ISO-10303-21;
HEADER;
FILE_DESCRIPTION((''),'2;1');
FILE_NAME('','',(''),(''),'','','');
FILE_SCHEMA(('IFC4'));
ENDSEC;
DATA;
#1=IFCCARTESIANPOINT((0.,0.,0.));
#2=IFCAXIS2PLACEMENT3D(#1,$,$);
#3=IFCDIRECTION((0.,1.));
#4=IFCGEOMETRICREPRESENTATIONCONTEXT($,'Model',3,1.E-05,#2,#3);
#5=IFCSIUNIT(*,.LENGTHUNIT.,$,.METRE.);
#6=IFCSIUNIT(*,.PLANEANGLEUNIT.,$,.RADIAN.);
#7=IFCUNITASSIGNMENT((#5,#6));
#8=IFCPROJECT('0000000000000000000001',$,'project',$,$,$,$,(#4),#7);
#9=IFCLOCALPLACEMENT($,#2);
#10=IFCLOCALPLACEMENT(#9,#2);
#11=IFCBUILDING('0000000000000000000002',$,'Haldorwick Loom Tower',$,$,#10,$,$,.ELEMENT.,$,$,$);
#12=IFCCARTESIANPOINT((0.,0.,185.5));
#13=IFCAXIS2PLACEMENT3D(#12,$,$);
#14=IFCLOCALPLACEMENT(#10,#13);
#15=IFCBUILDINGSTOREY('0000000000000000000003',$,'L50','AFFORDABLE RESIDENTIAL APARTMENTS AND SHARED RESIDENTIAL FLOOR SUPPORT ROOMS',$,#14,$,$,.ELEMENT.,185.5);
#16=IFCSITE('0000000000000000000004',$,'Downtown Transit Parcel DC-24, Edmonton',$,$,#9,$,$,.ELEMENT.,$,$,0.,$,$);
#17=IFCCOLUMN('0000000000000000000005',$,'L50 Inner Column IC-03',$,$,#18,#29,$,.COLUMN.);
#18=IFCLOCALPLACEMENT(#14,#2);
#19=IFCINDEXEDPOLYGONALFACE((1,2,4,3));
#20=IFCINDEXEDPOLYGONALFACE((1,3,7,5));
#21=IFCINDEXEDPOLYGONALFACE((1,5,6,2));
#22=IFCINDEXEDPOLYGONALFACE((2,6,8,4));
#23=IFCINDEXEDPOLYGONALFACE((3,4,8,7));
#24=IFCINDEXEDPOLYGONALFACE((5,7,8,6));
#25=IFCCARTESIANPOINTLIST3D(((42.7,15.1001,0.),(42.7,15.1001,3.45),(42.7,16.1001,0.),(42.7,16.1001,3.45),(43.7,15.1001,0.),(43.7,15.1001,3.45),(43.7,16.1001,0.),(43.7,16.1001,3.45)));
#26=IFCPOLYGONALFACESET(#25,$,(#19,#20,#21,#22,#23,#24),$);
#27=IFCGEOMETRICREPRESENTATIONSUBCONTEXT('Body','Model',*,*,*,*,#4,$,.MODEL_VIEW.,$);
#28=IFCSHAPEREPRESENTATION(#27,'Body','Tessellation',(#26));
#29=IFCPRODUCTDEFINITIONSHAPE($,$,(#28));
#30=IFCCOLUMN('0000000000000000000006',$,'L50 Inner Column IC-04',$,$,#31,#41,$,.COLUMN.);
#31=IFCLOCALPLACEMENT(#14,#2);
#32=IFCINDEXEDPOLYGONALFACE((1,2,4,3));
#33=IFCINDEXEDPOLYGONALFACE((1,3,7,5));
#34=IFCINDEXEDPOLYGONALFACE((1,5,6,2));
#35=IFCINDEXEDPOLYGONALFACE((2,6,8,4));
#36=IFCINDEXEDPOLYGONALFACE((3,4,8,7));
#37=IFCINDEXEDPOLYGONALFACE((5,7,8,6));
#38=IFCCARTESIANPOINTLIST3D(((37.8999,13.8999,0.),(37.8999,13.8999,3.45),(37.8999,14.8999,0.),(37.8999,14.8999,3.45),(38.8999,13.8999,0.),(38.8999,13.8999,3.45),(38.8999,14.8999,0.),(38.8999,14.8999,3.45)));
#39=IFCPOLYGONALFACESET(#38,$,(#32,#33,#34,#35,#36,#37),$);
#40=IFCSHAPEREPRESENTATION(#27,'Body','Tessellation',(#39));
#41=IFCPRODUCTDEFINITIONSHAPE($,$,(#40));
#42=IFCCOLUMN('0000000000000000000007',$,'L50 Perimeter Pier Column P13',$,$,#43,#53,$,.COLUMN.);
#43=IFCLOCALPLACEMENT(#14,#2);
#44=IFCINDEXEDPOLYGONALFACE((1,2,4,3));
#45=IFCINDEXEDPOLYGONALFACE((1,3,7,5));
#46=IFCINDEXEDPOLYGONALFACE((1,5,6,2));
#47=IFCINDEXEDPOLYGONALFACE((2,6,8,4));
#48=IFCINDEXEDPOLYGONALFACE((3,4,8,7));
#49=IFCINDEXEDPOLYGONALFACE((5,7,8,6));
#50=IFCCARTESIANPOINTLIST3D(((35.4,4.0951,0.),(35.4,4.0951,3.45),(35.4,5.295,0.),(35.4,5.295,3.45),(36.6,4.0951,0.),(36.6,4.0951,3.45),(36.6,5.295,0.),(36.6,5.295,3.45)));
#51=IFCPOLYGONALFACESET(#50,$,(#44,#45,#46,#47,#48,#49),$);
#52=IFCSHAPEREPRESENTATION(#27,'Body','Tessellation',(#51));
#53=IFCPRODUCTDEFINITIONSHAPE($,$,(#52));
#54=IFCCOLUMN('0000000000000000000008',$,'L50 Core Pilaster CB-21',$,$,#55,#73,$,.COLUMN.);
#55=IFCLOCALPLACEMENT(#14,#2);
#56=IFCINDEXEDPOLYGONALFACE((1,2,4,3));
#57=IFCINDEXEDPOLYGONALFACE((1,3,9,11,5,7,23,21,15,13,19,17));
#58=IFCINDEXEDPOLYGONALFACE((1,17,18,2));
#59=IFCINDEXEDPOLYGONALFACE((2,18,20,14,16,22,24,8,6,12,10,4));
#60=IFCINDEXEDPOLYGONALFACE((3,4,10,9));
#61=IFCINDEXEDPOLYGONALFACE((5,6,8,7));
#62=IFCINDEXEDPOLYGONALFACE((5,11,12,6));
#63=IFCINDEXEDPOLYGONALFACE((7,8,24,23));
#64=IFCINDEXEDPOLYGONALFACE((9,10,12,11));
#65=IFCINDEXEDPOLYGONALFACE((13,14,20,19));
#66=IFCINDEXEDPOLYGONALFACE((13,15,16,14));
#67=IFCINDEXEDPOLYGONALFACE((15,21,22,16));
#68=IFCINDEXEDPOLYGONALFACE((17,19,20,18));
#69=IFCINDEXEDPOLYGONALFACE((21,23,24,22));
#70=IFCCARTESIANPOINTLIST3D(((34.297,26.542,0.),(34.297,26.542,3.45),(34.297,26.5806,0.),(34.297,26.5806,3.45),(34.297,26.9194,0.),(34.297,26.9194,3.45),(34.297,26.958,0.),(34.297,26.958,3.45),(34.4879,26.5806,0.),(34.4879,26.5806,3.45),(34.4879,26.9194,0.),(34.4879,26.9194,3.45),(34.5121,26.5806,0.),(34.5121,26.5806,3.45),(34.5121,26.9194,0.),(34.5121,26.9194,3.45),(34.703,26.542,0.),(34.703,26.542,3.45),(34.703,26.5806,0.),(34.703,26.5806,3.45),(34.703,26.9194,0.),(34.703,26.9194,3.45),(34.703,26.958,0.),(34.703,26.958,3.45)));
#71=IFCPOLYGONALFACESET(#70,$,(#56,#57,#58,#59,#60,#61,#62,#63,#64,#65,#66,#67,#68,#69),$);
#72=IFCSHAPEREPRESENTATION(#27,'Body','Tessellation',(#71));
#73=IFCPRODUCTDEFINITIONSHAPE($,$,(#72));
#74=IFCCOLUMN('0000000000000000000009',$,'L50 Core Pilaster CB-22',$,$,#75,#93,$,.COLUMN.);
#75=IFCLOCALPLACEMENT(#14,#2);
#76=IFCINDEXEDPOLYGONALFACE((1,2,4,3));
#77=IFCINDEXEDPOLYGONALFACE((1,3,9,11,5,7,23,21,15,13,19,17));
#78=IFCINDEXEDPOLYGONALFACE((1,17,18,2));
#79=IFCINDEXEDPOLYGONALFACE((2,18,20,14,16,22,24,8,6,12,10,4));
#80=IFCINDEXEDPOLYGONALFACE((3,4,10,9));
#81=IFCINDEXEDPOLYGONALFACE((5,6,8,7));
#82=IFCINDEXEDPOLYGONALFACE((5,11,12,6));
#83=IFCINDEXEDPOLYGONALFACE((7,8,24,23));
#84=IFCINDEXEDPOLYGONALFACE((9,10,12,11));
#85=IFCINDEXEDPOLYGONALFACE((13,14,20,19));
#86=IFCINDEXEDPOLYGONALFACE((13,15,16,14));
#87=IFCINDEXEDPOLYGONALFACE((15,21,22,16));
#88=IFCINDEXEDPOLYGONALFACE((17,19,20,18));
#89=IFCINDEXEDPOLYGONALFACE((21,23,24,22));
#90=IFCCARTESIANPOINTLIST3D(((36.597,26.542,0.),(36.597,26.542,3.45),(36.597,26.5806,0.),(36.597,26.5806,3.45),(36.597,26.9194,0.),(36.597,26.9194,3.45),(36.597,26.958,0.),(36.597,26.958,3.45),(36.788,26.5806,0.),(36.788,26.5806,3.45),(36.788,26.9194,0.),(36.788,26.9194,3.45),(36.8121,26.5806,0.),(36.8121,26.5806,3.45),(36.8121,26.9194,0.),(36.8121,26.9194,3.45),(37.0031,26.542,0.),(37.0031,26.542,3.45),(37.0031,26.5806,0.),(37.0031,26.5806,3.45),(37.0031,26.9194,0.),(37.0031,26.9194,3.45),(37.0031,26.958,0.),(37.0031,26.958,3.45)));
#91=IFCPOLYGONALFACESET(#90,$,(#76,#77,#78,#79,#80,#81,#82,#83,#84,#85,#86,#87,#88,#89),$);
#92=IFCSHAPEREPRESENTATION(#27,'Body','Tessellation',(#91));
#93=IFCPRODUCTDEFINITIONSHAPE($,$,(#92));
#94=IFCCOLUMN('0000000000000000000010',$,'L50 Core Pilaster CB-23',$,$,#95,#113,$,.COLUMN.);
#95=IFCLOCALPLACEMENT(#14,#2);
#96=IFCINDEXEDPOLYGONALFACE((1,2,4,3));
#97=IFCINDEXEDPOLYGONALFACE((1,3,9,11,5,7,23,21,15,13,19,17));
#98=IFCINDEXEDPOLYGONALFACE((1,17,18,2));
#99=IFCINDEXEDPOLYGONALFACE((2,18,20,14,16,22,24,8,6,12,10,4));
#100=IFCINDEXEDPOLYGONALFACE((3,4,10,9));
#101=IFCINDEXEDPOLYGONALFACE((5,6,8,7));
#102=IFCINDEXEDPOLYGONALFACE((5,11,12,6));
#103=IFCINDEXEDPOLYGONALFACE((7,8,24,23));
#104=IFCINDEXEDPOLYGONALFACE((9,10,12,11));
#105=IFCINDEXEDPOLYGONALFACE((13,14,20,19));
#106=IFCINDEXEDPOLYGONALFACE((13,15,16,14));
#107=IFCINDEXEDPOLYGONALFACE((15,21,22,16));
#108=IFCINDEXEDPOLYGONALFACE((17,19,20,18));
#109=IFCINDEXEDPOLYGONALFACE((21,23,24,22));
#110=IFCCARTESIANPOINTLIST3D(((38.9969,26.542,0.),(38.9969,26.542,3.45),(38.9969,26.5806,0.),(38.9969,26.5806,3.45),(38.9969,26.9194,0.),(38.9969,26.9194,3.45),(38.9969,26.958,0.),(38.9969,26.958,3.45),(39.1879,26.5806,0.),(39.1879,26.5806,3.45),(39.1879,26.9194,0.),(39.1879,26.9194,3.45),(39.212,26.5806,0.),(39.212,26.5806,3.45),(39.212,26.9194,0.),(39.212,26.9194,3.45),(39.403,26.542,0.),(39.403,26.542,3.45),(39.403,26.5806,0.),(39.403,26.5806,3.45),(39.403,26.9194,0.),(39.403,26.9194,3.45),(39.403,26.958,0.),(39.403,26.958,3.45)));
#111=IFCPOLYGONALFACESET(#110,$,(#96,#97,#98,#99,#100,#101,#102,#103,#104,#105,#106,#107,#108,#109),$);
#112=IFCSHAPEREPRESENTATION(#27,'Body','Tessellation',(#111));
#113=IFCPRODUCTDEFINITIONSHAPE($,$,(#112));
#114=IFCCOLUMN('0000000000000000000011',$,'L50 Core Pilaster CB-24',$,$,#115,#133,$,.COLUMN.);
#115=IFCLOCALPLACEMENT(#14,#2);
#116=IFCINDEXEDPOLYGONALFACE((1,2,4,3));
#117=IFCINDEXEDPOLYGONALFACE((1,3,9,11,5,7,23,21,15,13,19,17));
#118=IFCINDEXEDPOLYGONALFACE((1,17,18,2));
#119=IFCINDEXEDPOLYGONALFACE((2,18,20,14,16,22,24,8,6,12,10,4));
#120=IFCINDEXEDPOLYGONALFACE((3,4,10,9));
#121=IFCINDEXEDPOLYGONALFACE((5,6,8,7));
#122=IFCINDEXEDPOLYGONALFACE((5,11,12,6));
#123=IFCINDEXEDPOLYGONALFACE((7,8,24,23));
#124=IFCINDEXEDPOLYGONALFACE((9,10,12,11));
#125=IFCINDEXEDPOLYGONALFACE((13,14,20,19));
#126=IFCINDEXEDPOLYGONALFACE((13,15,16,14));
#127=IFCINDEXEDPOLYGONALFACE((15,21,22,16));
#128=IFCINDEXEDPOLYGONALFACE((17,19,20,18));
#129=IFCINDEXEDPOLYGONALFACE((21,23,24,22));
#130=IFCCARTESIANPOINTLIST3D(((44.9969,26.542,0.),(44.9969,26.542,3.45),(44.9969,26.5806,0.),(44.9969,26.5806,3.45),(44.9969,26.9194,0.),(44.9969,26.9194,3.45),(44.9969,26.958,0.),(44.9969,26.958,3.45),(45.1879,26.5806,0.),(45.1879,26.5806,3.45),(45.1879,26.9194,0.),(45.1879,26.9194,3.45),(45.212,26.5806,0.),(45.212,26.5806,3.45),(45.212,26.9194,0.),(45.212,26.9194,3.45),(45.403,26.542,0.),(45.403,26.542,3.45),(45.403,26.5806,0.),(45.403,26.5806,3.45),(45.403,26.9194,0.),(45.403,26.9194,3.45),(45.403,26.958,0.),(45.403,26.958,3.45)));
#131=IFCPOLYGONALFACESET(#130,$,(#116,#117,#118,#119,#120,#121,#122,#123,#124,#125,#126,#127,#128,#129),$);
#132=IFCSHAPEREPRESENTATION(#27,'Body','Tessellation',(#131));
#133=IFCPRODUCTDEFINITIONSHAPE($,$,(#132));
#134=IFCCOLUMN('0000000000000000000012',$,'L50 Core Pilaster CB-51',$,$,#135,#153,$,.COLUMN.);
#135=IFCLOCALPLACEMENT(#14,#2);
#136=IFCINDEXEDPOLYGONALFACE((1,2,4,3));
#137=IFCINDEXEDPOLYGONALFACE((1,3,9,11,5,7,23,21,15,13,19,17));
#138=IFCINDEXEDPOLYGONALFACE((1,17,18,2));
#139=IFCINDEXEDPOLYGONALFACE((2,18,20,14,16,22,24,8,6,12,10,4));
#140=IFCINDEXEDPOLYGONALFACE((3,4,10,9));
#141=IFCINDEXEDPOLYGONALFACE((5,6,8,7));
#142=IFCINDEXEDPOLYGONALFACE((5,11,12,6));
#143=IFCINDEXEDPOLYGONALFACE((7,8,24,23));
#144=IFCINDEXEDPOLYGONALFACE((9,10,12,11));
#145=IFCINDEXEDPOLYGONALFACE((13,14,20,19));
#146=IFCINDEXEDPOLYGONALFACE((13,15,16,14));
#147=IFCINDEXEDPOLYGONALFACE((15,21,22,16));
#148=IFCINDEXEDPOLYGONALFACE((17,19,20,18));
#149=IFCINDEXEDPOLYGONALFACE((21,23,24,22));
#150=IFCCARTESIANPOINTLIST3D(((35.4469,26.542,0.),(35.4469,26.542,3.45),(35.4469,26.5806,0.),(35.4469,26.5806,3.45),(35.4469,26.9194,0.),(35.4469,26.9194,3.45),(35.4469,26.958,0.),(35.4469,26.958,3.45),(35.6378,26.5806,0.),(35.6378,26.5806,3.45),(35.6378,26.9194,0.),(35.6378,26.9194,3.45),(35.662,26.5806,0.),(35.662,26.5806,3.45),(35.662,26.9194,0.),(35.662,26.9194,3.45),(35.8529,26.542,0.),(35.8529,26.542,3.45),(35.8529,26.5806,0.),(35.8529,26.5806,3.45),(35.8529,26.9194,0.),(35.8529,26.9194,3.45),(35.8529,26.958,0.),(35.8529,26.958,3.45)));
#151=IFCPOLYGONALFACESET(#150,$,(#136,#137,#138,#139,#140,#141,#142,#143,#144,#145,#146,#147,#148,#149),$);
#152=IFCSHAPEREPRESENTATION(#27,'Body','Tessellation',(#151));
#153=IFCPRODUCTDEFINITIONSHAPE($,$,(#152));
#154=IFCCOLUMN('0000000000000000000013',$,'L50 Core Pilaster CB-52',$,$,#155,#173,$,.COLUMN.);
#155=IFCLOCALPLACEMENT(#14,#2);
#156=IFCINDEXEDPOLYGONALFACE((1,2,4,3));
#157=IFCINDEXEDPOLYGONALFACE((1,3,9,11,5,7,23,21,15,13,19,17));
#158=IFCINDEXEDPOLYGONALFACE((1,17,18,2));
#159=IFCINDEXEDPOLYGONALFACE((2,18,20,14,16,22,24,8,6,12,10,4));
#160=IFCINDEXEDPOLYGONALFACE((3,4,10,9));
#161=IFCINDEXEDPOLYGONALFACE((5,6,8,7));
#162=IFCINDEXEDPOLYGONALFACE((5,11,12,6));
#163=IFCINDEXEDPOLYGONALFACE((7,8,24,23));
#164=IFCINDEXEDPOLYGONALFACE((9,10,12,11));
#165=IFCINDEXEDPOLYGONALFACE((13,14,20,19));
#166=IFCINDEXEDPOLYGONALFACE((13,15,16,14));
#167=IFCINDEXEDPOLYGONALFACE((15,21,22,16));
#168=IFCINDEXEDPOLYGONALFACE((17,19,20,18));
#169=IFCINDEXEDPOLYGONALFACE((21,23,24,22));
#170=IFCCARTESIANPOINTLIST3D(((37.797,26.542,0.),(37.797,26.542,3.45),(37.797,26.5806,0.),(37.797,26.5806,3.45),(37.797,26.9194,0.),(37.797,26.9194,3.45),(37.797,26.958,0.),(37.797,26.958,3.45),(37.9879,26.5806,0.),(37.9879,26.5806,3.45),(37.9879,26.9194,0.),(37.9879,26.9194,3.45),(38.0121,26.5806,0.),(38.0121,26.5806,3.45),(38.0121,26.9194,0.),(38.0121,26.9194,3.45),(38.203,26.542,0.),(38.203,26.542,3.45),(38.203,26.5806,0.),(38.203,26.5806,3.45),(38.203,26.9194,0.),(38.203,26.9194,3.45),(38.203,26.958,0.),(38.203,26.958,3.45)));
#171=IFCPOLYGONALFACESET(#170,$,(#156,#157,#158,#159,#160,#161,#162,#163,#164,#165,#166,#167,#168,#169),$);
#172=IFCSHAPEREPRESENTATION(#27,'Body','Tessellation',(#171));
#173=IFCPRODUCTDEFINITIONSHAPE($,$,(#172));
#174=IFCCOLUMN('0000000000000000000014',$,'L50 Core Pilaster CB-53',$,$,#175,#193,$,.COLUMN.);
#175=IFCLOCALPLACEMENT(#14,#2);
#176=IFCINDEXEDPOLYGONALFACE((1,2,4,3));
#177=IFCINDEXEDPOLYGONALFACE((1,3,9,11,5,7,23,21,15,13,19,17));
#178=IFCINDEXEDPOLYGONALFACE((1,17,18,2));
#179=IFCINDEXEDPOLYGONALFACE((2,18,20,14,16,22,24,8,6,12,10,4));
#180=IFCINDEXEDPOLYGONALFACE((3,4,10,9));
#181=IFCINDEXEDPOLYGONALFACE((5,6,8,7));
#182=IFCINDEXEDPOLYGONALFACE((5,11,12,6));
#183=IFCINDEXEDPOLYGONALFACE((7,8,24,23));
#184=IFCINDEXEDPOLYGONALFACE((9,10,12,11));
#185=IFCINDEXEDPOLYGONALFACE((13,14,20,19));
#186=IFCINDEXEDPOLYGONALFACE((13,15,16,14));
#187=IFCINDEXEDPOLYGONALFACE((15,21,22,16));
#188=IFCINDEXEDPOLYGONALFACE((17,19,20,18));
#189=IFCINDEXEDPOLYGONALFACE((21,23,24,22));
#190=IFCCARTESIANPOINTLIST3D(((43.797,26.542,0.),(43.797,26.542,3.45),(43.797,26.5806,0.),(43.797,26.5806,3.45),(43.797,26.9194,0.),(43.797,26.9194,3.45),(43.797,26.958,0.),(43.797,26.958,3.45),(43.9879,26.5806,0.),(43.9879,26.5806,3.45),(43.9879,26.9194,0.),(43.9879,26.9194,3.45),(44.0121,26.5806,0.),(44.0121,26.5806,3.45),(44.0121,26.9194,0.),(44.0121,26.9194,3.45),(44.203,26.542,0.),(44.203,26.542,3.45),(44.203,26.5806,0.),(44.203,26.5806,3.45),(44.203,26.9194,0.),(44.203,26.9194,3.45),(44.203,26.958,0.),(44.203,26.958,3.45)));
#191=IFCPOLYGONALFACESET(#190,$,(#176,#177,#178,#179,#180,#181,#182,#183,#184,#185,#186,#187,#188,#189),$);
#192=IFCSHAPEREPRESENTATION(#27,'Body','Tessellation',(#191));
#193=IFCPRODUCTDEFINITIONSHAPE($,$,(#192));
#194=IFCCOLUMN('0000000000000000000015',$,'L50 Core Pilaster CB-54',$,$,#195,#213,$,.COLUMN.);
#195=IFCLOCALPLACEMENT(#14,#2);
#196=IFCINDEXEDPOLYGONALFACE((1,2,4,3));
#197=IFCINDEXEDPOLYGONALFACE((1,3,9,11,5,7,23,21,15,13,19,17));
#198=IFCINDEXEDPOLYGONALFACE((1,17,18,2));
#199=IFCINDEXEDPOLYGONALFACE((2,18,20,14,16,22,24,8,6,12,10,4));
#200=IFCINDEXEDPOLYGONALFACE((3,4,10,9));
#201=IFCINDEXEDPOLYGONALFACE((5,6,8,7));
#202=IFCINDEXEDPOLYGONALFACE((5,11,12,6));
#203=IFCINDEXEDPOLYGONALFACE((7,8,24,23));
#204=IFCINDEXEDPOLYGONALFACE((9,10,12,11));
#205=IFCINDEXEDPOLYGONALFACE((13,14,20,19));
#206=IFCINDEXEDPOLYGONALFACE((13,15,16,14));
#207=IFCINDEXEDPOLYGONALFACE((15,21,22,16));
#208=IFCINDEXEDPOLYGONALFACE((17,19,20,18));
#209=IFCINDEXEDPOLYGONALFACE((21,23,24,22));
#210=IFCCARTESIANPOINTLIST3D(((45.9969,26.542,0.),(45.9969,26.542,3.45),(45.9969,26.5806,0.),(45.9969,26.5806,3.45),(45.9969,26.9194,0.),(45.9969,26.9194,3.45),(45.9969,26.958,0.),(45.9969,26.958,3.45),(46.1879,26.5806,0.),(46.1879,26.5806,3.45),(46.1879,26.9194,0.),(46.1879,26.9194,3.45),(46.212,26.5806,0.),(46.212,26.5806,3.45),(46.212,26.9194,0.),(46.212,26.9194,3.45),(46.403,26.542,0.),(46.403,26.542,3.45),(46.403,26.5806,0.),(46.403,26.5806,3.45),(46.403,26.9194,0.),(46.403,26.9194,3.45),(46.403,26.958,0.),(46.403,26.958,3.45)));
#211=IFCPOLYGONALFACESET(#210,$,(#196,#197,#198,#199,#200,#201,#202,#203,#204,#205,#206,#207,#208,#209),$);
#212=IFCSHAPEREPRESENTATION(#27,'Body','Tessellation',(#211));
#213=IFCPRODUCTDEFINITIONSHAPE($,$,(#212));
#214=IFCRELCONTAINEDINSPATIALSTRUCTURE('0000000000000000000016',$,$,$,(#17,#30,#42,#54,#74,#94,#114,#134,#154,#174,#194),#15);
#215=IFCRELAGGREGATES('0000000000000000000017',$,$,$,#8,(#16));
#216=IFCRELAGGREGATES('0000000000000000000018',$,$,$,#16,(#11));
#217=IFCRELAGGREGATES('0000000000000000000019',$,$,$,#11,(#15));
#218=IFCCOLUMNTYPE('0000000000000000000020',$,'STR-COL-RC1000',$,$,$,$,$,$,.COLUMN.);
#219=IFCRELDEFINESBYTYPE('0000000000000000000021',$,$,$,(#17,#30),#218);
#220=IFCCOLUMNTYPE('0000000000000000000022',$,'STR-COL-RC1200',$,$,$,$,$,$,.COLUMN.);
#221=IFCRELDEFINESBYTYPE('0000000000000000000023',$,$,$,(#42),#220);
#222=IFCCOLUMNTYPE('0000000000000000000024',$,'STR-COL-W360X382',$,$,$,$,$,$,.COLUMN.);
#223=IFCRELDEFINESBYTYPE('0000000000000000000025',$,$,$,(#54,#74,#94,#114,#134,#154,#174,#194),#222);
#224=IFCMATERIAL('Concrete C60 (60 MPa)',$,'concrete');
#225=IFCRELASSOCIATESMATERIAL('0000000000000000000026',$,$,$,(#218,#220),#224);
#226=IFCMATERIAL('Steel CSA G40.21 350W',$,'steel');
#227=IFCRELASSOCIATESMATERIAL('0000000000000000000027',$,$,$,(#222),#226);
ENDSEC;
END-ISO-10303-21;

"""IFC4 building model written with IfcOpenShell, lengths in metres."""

from ifc_helpers import new_model, si_unit, direction, frame, origin, origin_2d, place, context, subcontext, project, spatial, rectangle, i_section, extrude, material, material_profile, profile_set, type_object, element, save


model = new_model("IFC4")

# Units and contexts
model_context = context("Model", 3, precision=1e-05, world=origin(), true_north=direction((0.0, 1.0)))
body_context = subcontext(model_context, "Body", "Model", "MODEL_VIEW")
ifc_project = project(units=[si_unit("LENGTHUNIT", "METRE"), si_unit("PLANEANGLEUNIT", "RADIAN")], contexts=[model_context])

# Site, building, storey
site_placement = place(None, origin())
site = spatial("IfcSite", under=ifc_project, at=site_placement, Name="Downtown Transit Parcel DC-24, Edmonton", CompositionType="ELEMENT", RefElevation=0.0)
building_placement = place(site_placement, origin())
building = spatial("IfcBuilding", under=site, at=building_placement, Name="Haldorwick Loom Tower", CompositionType="ELEMENT")
storey_placement = place(building_placement, frame((0.0, 0.0, 185.5)))
storey = spatial("IfcBuildingStorey", under=building, at=storey_placement, Name="L50", Description="AFFORDABLE RESIDENTIAL APARTMENTS AND SHARED RESIDENTIAL FLOOR SUPPORT ROOMS", CompositionType="ELEMENT", Elevation=185.5)

# Columns
ifc_material_1 = material(Name="Concrete C60 (60 MPa)", Category="concrete")
ifc_material_profile_1 = material_profile(ifc_material_1, rectangle(XDim=1.0, YDim=1.0, at=origin_2d()), Name="RC1000X1000", Category="concrete")
ifc_profile_set_1 = profile_set([ifc_material_profile_1], Name="Concrete C60 (60 MPa)")
column_type_1 = type_object("IfcColumnType", Name="STR-COL-RC1000", PredefinedType="COLUMN", material=ifc_profile_set_1)
for number, where, z_axis, x_axis, name in (
    (1, (43.2, 15.6001, 0.0), (0.0, 0.0, 1.0), (1.0, 0.0, 0.0), "L50 Inner Column IC-03"),
    (2, (38.3999, 14.3999, 0.0), (0.0, 0.0, 1.0), (1.0, 0.0, 0.0), "L50 Inner Column IC-04"),
):
    element("IfcColumn", number, at=place(storey_placement, frame(where, z_axis=z_axis, x_axis=x_axis)), inside=storey, type_object=column_type_1, Name=name, PredefinedType="COLUMN", context=body_context, shape_type="SweptSolid", body=[
        extrude(rectangle(XDim=1.0, YDim=1.0, at=origin_2d()), origin(), (0.0, 0.0, 1.0), 3.45),
    ])
ifc_material_profile_2 = material_profile(ifc_material_1, rectangle(XDim=1.2, YDim=1.2, at=origin_2d()), Name="RC1200X1200", Category="concrete")
ifc_profile_set_2 = profile_set([ifc_material_profile_2], Name="Concrete C60 (60 MPa)")
column_type_2 = type_object("IfcColumnType", Name="STR-COL-RC1200", PredefinedType="COLUMN", material=ifc_profile_set_2)
column_placement = place(storey_placement, frame((36.0, 4.6951, 0.0), z_axis=(0.0, 0.0, 1.0), x_axis=(0.0, -1.0, 0.0)))
element("IfcColumn", 3, at=column_placement, inside=storey, type_object=column_type_2, Name="L50 Perimeter Pier Column P13", PredefinedType="COLUMN", context=body_context, shape_type="SweptSolid", body=[
    extrude(rectangle(XDim=1.2, YDim=1.2, at=origin_2d()), origin(), (0.0, 0.0, 1.0), 3.45),
])
ifc_material_2 = material(Name="Steel CSA G40.21 350W", Category="steel")
ifc_material_profile_3 = material_profile(ifc_material_2, i_section(OverallWidth=0.406, OverallDepth=0.416, WebThickness=0.0242, FlangeThickness=0.0386, at=origin_2d()), Name="W360X382", Category="steel")
ifc_profile_set_3 = profile_set([ifc_material_profile_3], Name="Steel CSA G40.21 350W")
column_type_3 = type_object("IfcColumnType", Name="STR-COL-W360X382", PredefinedType="COLUMN", material=ifc_profile_set_3)
for number, where, z_axis, x_axis, name in (
    (4, (34.5, 26.75, 0.0), (0.0, 0.0, 1.0), (1.0, 0.0, 0.0), "L50 Core Pilaster CB-21"),
    (5, (36.8, 26.75, 0.0), (0.0, 0.0, 1.0), (1.0, 0.0, 0.0), "L50 Core Pilaster CB-22"),
    (6, (39.2, 26.75, 0.0), (0.0, 0.0, 1.0), (1.0, 0.0, 0.0), "L50 Core Pilaster CB-23"),
    (7, (45.2, 26.75, 0.0), (0.0, 0.0, 1.0), (1.0, 0.0, 0.0), "L50 Core Pilaster CB-24"),
    (8, (35.6499, 26.75, 0.0), (0.0, 0.0, 1.0), (1.0, 0.0, 0.0), "L50 Core Pilaster CB-51"),
    (9, (38.0, 26.75, 0.0), (0.0, 0.0, 1.0), (1.0, 0.0, 0.0), "L50 Core Pilaster CB-52"),
    (10, (44.0, 26.75, 0.0), (0.0, 0.0, 1.0), (1.0, 0.0, 0.0), "L50 Core Pilaster CB-53"),
    (11, (46.2, 26.75, 0.0), (0.0, 0.0, 1.0), (1.0, 0.0, 0.0), "L50 Core Pilaster CB-54"),
):
    element("IfcColumn", number, at=place(storey_placement, frame(where, z_axis=z_axis, x_axis=x_axis)), inside=storey, type_object=column_type_3, Name=name, PredefinedType="COLUMN", context=body_context, shape_type="SweptSolid", body=[
        extrude(i_section(OverallWidth=0.406, OverallDepth=0.416, WebThickness=0.0242, FlangeThickness=0.0386, at=origin_2d()), origin(), (0.0, 0.0, 1.0), 3.45),
    ])

save(model, "model.ifc")
